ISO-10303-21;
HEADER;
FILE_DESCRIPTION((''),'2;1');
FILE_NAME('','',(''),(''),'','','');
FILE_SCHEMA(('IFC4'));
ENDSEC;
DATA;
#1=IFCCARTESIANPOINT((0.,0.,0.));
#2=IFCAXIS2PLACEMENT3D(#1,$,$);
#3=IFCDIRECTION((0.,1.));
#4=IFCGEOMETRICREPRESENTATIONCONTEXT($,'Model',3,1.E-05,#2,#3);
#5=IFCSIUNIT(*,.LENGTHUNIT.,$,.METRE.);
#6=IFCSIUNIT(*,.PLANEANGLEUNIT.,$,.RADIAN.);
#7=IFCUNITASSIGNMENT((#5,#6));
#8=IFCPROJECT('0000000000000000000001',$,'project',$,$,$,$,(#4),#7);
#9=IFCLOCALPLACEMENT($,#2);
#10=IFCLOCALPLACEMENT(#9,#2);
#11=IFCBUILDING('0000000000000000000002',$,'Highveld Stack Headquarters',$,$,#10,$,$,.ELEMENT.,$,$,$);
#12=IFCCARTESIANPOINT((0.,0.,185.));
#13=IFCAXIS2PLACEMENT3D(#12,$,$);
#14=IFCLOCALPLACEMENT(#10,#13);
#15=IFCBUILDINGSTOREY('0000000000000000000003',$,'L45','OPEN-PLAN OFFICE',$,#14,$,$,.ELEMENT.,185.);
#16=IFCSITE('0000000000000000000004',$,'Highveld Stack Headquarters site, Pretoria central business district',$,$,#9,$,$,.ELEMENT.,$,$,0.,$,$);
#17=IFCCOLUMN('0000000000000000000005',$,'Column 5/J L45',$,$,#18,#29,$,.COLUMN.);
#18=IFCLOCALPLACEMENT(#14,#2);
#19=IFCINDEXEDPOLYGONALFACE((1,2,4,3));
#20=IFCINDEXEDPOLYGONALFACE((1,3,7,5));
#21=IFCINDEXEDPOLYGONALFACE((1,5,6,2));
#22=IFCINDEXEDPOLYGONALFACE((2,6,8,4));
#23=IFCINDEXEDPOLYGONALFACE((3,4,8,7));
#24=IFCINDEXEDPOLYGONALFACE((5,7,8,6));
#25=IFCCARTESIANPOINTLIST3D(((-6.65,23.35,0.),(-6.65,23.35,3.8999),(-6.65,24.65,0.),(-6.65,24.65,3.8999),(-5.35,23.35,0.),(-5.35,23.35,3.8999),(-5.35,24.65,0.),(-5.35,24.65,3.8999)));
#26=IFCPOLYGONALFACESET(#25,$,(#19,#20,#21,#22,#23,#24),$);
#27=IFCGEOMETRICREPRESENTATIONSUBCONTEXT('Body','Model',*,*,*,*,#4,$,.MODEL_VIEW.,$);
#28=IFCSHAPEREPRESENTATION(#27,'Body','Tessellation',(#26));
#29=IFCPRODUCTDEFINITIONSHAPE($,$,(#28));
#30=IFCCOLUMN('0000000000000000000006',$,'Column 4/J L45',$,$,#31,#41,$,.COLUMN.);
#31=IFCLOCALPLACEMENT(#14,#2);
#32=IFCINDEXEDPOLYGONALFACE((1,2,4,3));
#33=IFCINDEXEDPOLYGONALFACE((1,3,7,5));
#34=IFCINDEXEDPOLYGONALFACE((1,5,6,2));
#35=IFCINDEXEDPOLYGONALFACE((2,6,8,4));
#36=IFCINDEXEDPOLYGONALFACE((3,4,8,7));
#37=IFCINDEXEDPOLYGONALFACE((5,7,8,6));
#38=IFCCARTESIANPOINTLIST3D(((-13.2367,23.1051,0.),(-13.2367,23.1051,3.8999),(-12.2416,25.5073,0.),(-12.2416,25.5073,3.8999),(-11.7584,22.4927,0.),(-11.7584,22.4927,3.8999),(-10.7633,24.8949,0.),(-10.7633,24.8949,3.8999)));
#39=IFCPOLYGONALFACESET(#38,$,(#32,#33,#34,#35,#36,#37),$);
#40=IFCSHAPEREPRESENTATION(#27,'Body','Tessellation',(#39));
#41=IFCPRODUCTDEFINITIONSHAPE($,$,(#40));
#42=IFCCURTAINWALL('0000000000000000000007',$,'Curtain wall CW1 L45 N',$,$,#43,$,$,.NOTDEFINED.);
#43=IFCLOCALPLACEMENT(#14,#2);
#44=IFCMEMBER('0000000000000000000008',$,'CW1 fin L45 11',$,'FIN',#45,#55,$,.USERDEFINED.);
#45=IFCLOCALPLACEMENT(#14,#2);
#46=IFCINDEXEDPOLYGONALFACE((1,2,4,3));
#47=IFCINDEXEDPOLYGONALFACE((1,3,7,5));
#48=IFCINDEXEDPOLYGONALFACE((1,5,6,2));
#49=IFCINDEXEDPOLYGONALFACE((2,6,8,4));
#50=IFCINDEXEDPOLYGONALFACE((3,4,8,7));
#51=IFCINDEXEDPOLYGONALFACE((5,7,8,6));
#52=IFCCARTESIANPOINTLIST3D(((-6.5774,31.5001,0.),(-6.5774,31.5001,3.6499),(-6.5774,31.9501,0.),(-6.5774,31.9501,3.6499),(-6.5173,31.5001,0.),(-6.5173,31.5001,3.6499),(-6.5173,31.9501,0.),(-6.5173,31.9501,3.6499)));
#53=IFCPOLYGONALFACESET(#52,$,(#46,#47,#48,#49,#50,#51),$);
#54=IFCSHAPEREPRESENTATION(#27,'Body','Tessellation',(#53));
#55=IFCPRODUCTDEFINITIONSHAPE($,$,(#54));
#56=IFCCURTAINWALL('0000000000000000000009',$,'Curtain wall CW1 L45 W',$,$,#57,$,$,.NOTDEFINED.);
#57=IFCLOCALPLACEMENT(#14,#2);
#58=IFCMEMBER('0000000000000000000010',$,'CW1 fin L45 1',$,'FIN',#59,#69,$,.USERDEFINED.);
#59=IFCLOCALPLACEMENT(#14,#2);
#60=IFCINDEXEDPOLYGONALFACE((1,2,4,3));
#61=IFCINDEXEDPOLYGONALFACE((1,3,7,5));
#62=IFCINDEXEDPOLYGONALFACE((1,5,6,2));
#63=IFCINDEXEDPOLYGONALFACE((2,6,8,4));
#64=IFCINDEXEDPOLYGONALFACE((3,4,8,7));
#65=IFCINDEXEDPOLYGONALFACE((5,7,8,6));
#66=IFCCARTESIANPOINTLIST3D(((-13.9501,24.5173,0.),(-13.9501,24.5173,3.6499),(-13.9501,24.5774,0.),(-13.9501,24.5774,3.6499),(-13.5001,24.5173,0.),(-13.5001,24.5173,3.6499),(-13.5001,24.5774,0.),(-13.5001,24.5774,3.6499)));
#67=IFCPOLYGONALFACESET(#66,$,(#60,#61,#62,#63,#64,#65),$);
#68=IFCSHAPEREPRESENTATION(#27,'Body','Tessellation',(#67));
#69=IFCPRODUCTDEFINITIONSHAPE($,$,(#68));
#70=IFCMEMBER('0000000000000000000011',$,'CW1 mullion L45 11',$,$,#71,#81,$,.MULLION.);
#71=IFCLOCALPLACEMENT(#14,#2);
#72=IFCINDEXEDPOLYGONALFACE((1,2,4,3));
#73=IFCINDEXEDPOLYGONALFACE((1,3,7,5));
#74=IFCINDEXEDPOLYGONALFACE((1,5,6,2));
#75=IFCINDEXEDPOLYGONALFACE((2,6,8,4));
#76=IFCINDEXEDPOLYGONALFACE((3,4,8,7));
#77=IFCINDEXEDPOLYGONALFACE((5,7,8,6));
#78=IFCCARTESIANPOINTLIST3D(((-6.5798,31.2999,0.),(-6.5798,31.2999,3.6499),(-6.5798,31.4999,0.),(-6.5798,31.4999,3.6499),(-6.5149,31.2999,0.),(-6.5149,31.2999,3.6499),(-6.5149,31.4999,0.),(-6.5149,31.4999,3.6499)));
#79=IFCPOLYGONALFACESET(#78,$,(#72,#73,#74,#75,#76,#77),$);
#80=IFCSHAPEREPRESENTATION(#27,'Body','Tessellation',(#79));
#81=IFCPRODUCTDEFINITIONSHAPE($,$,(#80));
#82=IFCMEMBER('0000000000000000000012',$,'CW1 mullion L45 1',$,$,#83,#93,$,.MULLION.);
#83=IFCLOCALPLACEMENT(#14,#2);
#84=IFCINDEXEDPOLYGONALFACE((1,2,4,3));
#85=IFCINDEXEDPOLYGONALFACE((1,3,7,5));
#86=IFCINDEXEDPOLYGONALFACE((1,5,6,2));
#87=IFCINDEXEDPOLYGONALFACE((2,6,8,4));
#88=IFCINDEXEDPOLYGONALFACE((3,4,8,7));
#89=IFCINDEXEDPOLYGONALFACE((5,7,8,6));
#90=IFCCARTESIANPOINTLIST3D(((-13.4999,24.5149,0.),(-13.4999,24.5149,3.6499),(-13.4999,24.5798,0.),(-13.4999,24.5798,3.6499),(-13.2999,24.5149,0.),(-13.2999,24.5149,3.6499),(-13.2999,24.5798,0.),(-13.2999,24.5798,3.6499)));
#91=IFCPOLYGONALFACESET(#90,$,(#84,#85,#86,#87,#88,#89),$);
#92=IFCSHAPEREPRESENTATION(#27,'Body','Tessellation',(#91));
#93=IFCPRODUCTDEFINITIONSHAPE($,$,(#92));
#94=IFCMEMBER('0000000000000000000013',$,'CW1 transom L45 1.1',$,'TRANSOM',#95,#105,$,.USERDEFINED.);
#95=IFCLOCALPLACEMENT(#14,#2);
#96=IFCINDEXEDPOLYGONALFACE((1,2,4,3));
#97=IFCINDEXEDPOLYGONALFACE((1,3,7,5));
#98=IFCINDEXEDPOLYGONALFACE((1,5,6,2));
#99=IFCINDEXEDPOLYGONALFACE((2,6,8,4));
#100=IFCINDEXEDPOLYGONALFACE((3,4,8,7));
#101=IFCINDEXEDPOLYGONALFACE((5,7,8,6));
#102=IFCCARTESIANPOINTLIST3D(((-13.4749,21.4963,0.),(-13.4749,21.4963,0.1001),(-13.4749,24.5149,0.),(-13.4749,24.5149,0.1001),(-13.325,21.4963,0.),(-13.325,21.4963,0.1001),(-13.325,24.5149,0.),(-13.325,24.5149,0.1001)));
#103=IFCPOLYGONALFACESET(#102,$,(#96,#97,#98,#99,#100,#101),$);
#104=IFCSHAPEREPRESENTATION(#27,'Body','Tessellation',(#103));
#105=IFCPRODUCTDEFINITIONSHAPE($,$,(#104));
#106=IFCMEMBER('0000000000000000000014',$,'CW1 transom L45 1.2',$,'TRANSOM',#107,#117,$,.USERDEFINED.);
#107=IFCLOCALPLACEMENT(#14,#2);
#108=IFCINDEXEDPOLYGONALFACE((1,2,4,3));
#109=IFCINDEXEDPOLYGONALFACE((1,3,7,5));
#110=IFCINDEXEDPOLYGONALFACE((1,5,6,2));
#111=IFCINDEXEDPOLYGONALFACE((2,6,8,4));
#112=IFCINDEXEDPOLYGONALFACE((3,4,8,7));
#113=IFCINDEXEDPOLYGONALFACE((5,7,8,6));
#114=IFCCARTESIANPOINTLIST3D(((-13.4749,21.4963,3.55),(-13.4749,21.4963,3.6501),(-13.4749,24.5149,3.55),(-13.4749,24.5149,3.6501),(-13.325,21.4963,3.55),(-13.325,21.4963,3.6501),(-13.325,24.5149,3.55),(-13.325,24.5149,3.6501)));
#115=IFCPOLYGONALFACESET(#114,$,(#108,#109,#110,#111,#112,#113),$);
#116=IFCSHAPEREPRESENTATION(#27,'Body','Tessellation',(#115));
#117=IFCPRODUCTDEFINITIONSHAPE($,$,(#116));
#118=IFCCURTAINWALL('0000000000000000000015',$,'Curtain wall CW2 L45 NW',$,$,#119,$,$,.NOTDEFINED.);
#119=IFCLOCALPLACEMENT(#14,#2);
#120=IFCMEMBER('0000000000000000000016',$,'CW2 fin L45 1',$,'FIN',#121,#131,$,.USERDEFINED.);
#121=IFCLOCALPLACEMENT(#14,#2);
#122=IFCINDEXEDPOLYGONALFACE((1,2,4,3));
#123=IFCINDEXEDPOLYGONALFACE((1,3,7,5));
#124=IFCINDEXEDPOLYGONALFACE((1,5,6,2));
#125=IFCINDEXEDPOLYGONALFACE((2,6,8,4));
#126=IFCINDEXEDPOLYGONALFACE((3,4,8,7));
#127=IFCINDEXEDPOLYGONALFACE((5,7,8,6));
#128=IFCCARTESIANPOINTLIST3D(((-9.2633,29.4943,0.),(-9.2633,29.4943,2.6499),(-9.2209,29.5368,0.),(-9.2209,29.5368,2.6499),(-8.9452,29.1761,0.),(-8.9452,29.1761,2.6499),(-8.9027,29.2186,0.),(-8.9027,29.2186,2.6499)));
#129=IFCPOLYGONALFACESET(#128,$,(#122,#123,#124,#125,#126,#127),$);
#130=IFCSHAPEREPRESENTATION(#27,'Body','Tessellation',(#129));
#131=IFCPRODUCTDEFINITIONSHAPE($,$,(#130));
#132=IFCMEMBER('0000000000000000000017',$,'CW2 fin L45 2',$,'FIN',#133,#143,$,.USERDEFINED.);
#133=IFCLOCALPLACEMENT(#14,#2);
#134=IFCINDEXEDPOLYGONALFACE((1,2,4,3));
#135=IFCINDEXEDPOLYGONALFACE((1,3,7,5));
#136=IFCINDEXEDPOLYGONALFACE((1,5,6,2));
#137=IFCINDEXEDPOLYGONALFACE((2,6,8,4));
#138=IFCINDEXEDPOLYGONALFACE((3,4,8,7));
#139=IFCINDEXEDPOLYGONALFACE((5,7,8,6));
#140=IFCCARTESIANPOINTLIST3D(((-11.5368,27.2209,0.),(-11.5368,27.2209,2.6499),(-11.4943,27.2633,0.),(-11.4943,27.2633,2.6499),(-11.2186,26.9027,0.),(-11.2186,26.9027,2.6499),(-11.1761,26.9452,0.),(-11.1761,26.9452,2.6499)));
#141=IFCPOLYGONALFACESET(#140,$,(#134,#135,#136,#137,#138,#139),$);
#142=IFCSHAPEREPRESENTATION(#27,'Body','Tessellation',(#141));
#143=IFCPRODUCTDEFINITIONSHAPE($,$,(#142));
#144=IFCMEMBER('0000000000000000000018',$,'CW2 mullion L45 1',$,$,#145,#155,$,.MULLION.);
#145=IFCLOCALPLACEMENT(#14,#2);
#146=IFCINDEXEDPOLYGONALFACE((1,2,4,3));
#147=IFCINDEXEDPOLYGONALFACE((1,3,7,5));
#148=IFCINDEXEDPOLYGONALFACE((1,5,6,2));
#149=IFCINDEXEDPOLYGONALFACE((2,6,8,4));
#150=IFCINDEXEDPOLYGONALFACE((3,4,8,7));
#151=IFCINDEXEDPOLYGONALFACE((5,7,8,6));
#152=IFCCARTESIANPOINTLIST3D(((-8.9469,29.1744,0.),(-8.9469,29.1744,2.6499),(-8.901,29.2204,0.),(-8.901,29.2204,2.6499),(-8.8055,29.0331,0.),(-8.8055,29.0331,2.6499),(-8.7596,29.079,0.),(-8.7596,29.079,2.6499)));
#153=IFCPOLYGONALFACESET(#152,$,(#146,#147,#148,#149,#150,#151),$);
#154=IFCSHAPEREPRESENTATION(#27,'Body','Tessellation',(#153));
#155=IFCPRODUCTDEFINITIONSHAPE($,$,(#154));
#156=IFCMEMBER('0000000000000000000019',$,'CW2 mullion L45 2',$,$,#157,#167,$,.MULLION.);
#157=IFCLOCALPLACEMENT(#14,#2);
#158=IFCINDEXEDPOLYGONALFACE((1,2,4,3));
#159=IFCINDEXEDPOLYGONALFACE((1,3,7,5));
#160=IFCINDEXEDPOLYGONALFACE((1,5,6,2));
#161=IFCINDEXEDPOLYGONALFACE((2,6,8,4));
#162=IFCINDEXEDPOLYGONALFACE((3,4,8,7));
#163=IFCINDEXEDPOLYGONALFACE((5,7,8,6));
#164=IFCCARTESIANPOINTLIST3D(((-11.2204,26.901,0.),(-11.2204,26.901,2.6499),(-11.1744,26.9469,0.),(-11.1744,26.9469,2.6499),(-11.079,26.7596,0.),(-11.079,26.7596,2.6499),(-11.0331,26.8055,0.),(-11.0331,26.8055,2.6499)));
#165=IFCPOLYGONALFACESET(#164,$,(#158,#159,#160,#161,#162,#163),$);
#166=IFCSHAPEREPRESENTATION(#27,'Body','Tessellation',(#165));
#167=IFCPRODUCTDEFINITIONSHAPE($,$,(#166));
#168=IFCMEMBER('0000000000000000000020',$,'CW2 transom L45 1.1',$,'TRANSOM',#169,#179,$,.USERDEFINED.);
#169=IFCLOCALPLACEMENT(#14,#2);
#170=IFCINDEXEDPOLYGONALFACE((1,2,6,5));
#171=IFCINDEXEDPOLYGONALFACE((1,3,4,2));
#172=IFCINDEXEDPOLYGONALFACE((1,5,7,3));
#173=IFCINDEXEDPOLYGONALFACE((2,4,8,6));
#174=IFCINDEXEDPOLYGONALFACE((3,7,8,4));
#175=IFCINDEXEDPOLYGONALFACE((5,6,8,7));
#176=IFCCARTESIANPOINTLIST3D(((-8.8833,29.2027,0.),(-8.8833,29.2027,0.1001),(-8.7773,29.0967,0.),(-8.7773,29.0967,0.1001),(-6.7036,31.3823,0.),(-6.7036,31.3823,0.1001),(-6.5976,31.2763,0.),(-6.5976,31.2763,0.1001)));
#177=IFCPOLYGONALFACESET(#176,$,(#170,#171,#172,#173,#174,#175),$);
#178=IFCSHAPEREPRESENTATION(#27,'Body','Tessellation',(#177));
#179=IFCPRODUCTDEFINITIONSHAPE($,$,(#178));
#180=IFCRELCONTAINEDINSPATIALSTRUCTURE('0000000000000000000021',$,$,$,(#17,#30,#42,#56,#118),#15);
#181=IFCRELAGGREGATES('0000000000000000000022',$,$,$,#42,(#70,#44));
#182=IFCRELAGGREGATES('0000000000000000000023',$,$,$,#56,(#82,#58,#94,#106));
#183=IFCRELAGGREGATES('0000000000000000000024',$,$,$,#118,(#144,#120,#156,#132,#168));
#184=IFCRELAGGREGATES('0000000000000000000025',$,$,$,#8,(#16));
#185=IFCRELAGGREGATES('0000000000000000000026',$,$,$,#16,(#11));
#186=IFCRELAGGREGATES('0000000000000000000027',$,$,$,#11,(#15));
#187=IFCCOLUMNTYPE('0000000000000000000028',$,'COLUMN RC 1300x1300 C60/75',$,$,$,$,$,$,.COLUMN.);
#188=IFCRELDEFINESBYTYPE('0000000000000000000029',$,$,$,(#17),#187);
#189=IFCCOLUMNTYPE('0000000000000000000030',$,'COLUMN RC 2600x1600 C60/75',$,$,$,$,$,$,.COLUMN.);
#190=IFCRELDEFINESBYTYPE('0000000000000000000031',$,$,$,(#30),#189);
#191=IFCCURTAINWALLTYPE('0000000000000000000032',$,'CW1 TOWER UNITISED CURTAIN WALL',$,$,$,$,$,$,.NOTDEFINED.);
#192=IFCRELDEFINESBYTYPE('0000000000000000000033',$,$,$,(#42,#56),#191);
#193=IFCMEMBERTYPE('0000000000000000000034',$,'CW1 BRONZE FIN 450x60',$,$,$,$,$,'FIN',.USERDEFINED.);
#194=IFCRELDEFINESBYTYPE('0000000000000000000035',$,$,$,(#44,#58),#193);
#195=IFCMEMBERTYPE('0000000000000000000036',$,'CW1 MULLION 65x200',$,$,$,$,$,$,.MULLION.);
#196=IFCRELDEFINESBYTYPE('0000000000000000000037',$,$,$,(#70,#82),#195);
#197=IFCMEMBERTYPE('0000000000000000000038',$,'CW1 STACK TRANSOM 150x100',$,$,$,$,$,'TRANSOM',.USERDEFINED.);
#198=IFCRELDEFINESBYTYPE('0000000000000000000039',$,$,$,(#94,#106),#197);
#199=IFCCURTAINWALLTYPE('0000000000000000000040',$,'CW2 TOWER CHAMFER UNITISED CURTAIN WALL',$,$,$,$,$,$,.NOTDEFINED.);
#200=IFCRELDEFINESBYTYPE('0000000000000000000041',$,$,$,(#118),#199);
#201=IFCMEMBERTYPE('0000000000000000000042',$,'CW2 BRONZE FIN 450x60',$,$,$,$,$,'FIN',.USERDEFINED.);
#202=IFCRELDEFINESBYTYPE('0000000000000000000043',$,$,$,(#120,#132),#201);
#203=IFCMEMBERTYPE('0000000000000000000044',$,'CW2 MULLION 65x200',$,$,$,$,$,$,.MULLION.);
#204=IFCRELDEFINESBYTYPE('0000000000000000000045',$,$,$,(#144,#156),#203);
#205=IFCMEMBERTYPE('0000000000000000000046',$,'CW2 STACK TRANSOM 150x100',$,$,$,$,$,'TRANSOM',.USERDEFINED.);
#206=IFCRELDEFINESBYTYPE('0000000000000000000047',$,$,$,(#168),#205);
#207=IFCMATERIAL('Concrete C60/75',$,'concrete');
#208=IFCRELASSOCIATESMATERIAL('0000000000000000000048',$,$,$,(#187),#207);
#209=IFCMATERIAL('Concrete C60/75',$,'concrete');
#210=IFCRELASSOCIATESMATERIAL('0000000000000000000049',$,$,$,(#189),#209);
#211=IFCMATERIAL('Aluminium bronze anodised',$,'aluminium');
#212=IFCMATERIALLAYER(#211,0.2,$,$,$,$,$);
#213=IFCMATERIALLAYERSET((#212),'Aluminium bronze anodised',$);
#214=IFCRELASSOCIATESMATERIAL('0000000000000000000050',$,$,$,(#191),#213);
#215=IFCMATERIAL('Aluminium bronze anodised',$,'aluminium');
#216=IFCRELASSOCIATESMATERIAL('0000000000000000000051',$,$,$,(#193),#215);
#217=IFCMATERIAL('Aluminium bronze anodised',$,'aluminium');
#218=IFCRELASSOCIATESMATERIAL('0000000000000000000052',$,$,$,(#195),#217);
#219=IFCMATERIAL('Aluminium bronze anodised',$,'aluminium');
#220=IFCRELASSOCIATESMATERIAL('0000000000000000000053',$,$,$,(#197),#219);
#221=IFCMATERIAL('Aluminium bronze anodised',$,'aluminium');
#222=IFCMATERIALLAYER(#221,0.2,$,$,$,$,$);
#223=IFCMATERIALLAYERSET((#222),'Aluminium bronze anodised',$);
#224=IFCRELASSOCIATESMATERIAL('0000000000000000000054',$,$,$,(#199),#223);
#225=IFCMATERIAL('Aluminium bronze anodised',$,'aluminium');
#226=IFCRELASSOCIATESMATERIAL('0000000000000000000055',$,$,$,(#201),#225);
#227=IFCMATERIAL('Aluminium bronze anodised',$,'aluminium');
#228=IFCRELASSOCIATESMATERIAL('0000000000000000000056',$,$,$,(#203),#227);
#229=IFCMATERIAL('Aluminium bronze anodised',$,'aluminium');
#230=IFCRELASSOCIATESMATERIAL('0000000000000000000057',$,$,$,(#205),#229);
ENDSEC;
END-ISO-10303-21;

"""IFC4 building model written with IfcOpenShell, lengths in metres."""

from ifc_helpers import new_model, si_unit, direction, frame, origin, origin_2d, place, context, subcontext, project, spatial, rectangle, extrude, material, layer, layer_set, material_profile, profile_set, type_object, element, aggregate, save


model = new_model("IFC4")

# Units and contexts
model_context = context("Model", 3, precision=1e-05, world=origin(), true_north=direction((0.0, 1.0)))
body_context = subcontext(model_context, "Body", "Model", "MODEL_VIEW")
ifc_project = project(units=[si_unit("LENGTHUNIT", "METRE"), si_unit("PLANEANGLEUNIT", "RADIAN")], contexts=[model_context])

# Site, building, storey
site_placement = place(None, origin())
site = spatial("IfcSite", under=ifc_project, at=site_placement, Name="Highveld Stack Headquarters site, Pretoria central business district", CompositionType="ELEMENT", RefElevation=0.0)
building_placement = place(site_placement, origin())
building = spatial("IfcBuilding", under=site, at=building_placement, Name="Highveld Stack Headquarters", CompositionType="ELEMENT")
storey_placement = place(building_placement, frame((0.0, 0.0, 185.0)))
storey = spatial("IfcBuildingStorey", under=building, at=storey_placement, Name="L45", Description="OPEN-PLAN OFFICE", CompositionType="ELEMENT", Elevation=185.0)

# Columns
ifc_material_1 = material(Name="Concrete C60/75", Category="concrete")
ifc_material_profile_1 = material_profile(ifc_material_1, rectangle(XDim=1.3, YDim=1.3, at=origin_2d()), Name="RC 1300x1300")
ifc_profile_set_1 = profile_set([ifc_material_profile_1], Name="Concrete C60/75")
column_type_1 = type_object("IfcColumnType", Name="COLUMN RC 1300x1300 C60/75", PredefinedType="COLUMN", material=ifc_profile_set_1)
column_1_placement = place(storey_placement, frame((-6.0, 24.0, 0.0), z_axis=(0.0, 0.0, 1.0), x_axis=(1.0, 0.0, 0.0)))
element("IfcColumn", 1, at=column_1_placement, inside=storey, type_object=column_type_1, Name="Column 5/J L45", PredefinedType="COLUMN", context=body_context, shape_type="SweptSolid", body=[
    extrude(rectangle(XDim=1.3, YDim=1.3, at=origin_2d()), origin(), (0.0, 0.0, 1.0), 3.8999),
])
ifc_material_2 = material(Name="Concrete C60/75", Category="concrete")
ifc_material_profile_2 = material_profile(ifc_material_2, rectangle(XDim=2.6001, YDim=1.6001, at=origin_2d()), Name="RC 2600x1600")
ifc_profile_set_2 = profile_set([ifc_material_profile_2], Name="Concrete C60/75")
column_type_2 = type_object("IfcColumnType", Name="COLUMN RC 2600x1600 C60/75", PredefinedType="COLUMN", material=ifc_profile_set_2)
column_2_placement = place(storey_placement, frame((-12.0, 24.0, 0.0), z_axis=(0.0, 0.0, 1.0), x_axis=(0.382683, 0.92388, 0.0)))
element("IfcColumn", 2, at=column_2_placement, inside=storey, type_object=column_type_2, Name="Column 4/J L45", PredefinedType="COLUMN", context=body_context, shape_type="SweptSolid", body=[
    extrude(rectangle(XDim=2.6001, YDim=1.6001, at=origin_2d()), origin(), (0.0, 0.0, 1.0), 3.8999),
])

# Curtain walls, members
ifc_material_3 = material(Name="Aluminium bronze anodised", Category="aluminium")
ifc_layer_1 = layer(ifc_material_3, 0.2)
ifc_layer_set_1 = layer_set([ifc_layer_1], Name="Aluminium bronze anodised")
curtain_wall_type_1 = type_object("IfcCurtainWallType", Name="CW1 TOWER UNITISED CURTAIN WALL", PredefinedType="NOTDEFINED", material=ifc_layer_set_1)
curtain_wall_1_placement = place(storey_placement, origin())
curtain_wall_1 = element("IfcCurtainWall", 3, at=curtain_wall_1_placement, inside=storey, type_object=curtain_wall_type_1, Name="Curtain wall CW1 L45 N", PredefinedType="NOTDEFINED")
ifc_material_4 = material(Name="Aluminium bronze anodised", Category="aluminium")
ifc_material_profile_3 = material_profile(ifc_material_4, rectangle(XDim=0.45, YDim=0.0601, at=origin_2d()), Name="FIN 450x60")
ifc_profile_set_3 = profile_set([ifc_material_profile_3], Name="Aluminium bronze anodised")
member_type_1 = type_object("IfcMemberType", Name="CW1 BRONZE FIN 450x60", ElementType="FIN", PredefinedType="USERDEFINED", material=ifc_profile_set_3)
member_1_placement = place(storey_placement, frame((-6.5474, 31.7251, 0.0), z_axis=(0.0, 0.0, 1.0), x_axis=(0.0, -1.0, 0.0)))
member_1 = element("IfcMember", 4, at=member_1_placement, type_object=member_type_1, Name="CW1 fin L45 11", ObjectType="FIN", PredefinedType="USERDEFINED", context=body_context, shape_type="SweptSolid", body=[
    extrude(rectangle(XDim=0.45, YDim=0.0601, at=origin_2d()), origin(), (0.0, 0.0, 1.0), 3.6499),
])
curtain_wall_2_placement = place(storey_placement, origin())
curtain_wall_2 = element("IfcCurtainWall", 5, at=curtain_wall_2_placement, inside=storey, type_object=curtain_wall_type_1, Name="Curtain wall CW1 L45 W", PredefinedType="NOTDEFINED")
member_2_placement = place(storey_placement, frame((-13.7251, 24.5474, 0.0), z_axis=(0.0, 0.0, 1.0), x_axis=(1.0, 0.0, 0.0)))
member_2 = element("IfcMember", 6, at=member_2_placement, type_object=member_type_1, Name="CW1 fin L45 1", ObjectType="FIN", PredefinedType="USERDEFINED", context=body_context, shape_type="SweptSolid", body=[
    extrude(rectangle(XDim=0.45, YDim=0.0601, at=origin_2d()), origin(), (0.0, 0.0, 1.0), 3.6499),
])

# Members
ifc_material_5 = material(Name="Aluminium bronze anodised", Category="aluminium")
ifc_material_profile_4 = material_profile(ifc_material_5, rectangle(XDim=0.2, YDim=0.0649, at=origin_2d()), Name="CW1 MULLION 65x200")
ifc_profile_set_4 = profile_set([ifc_material_profile_4], Name="Aluminium bronze anodised")
member_type_2 = type_object("IfcMemberType", Name="CW1 MULLION 65x200", PredefinedType="MULLION", material=ifc_profile_set_4)
member_3_placement = place(storey_placement, frame((-6.5474, 31.3999, 0.0), z_axis=(0.0, 0.0, 1.0), x_axis=(0.0, -1.0, 0.0)))
member_3 = element("IfcMember", 7, at=member_3_placement, type_object=member_type_2, Name="CW1 mullion L45 11", PredefinedType="MULLION", context=body_context, shape_type="SweptSolid", body=[
    extrude(rectangle(XDim=0.2, YDim=0.0649, at=origin_2d()), origin(), (0.0, 0.0, 1.0), 3.6499),
])
aggregate(curtain_wall_1, [member_3, member_1])
member_4_placement = place(storey_placement, frame((-13.3999, 24.5474, 0.0), z_axis=(0.0, 0.0, 1.0), x_axis=(1.0, 0.0, 0.0)))
member_4 = element("IfcMember", 8, at=member_4_placement, type_object=member_type_2, Name="CW1 mullion L45 1", PredefinedType="MULLION", context=body_context, shape_type="SweptSolid", body=[
    extrude(rectangle(XDim=0.2, YDim=0.0649, at=origin_2d()), origin(), (0.0, 0.0, 1.0), 3.6499),
])
ifc_material_6 = material(Name="Aluminium bronze anodised", Category="aluminium")
ifc_material_profile_5 = material_profile(ifc_material_6, rectangle(XDim=0.1499, YDim=0.1001, at=origin_2d()), Name="CW1 TRANSOM 150x100")
ifc_profile_set_5 = profile_set([ifc_material_profile_5], Name="Aluminium bronze anodised")
member_type_3 = type_object("IfcMemberType", Name="CW1 STACK TRANSOM 150x100", ElementType="TRANSOM", PredefinedType="USERDEFINED", material=ifc_profile_set_5)
member_5_placement = place(storey_placement, frame((-13.3999, 24.5149, 0.05), z_axis=(0.0, -1.0, 0.0), x_axis=(1.0, 0.0, 0.0)))
member_5 = element("IfcMember", 9, at=member_5_placement, type_object=member_type_3, Name="CW1 transom L45 1.1", ObjectType="TRANSOM", PredefinedType="USERDEFINED", context=body_context, shape_type="SweptSolid", body=[
    extrude(rectangle(XDim=0.1499, YDim=0.1001, at=origin_2d()), origin(), (0.0, 0.0, 1.0), 3.0186),
])
member_6_placement = place(storey_placement, frame((-13.3999, 24.5149, 3.6001), z_axis=(0.0, -1.0, 0.0), x_axis=(1.0, 0.0, 0.0)))
member_6 = element("IfcMember", 10, at=member_6_placement, type_object=member_type_3, Name="CW1 transom L45 1.2", ObjectType="TRANSOM", PredefinedType="USERDEFINED", context=body_context, shape_type="SweptSolid", body=[
    extrude(rectangle(XDim=0.1499, YDim=0.1001, at=origin_2d()), origin(), (0.0, 0.0, 1.0), 3.0186),
])

# Curtain wall, members
ifc_material_7 = material(Name="Aluminium bronze anodised", Category="aluminium")
ifc_layer_2 = layer(ifc_material_7, 0.2)
ifc_layer_set_2 = layer_set([ifc_layer_2], Name="Aluminium bronze anodised")
curtain_wall_type_2 = type_object("IfcCurtainWallType", Name="CW2 TOWER CHAMFER UNITISED CURTAIN WALL", PredefinedType="NOTDEFINED", material=ifc_layer_set_2)
curtain_wall_3_placement = place(storey_placement, origin())
curtain_wall_3 = element("IfcCurtainWall", 11, at=curtain_wall_3_placement, inside=storey, type_object=curtain_wall_type_2, Name="Curtain wall CW2 L45 NW", PredefinedType="NOTDEFINED")
ifc_material_8 = material(Name="Aluminium bronze anodised", Category="aluminium")
ifc_material_profile_6 = material_profile(ifc_material_8, rectangle(XDim=0.45, YDim=0.0601, at=origin_2d()), Name="FIN 450x60")
ifc_profile_set_6 = profile_set([ifc_material_profile_6], Name="Aluminium bronze anodised")
member_type_4 = type_object("IfcMemberType", Name="CW2 BRONZE FIN 450x60", ElementType="FIN", PredefinedType="USERDEFINED", material=ifc_profile_set_6)
member_7_placement = place(storey_placement, frame((-9.083, 29.3564, 0.0), z_axis=(0.0, 0.0, 1.0), x_axis=(0.707107, -0.707107, 0.0)))
member_7 = element("IfcMember", 12, at=member_7_placement, type_object=member_type_4, Name="CW2 fin L45 1", ObjectType="FIN", PredefinedType="USERDEFINED", context=body_context, shape_type="SweptSolid", body=[
    extrude(rectangle(XDim=0.45, YDim=0.0601, at=origin_2d()), origin(), (0.0, 0.0, 1.0), 2.6499),
])
member_8_placement = place(storey_placement, frame((-11.3564, 27.083, 0.0), z_axis=(0.0, 0.0, 1.0), x_axis=(0.707107, -0.707107, 0.0)))
member_8 = element("IfcMember", 13, at=member_8_placement, type_object=member_type_4, Name="CW2 fin L45 2", ObjectType="FIN", PredefinedType="USERDEFINED", context=body_context, shape_type="SweptSolid", body=[
    extrude(rectangle(XDim=0.45, YDim=0.0601, at=origin_2d()), origin(), (0.0, 0.0, 1.0), 2.6499),
])
ifc_material_9 = material(Name="Aluminium bronze anodised", Category="aluminium")
ifc_material_profile_7 = material_profile(ifc_material_9, rectangle(XDim=0.2, YDim=0.0649, at=origin_2d()), Name="CW2 MULLION 65x200")
ifc_profile_set_7 = profile_set([ifc_material_profile_7], Name="Aluminium bronze anodised")
member_type_5 = type_object("IfcMemberType", Name="CW2 MULLION 65x200", PredefinedType="MULLION", material=ifc_profile_set_7)
member_9_placement = place(storey_placement, frame((-8.8533, 29.1267, 0.0), z_axis=(0.0, 0.0, 1.0), x_axis=(0.707107, -0.707107, 0.0)))
member_9 = element("IfcMember", 14, at=member_9_placement, type_object=member_type_5, Name="CW2 mullion L45 1", PredefinedType="MULLION", context=body_context, shape_type="SweptSolid", body=[
    extrude(rectangle(XDim=0.2, YDim=0.0649, at=origin_2d()), origin(), (0.0, 0.0, 1.0), 2.6499),
])
member_10_placement = place(storey_placement, frame((-11.1267, 26.8533, 0.0), z_axis=(0.0, 0.0, 1.0), x_axis=(0.707107, -0.707107, 0.0)))
member_10 = element("IfcMember", 15, at=member_10_placement, type_object=member_type_5, Name="CW2 mullion L45 2", PredefinedType="MULLION", context=body_context, shape_type="SweptSolid", body=[
    extrude(rectangle(XDim=0.2, YDim=0.0649, at=origin_2d()), origin(), (0.0, 0.0, 1.0), 2.6499),
])
ifc_material_10 = material(Name="Aluminium bronze anodised", Category="aluminium")
ifc_material_profile_8 = material_profile(ifc_material_10, rectangle(XDim=0.1499, YDim=0.1001, at=origin_2d()), Name="CW2 TRANSOM 150x100")
ifc_profile_set_8 = profile_set([ifc_material_profile_8], Name="Aluminium bronze anodised")
member_type_6 = type_object("IfcMemberType", Name="CW2 STACK TRANSOM 150x100", ElementType="TRANSOM", PredefinedType="USERDEFINED", material=ifc_profile_set_8)
member_11_placement = place(storey_placement, frame((-6.6506, 31.3293, 0.05), z_axis=(-0.707107, -0.707107, 0.0), x_axis=(0.707107, -0.707107, 0.0)))
member_11 = element("IfcMember", 16, at=member_11_placement, type_object=member_type_6, Name="CW2 transom L45 1.1", ObjectType="TRANSOM", PredefinedType="USERDEFINED", context=body_context, shape_type="SweptSolid", body=[
    extrude(rectangle(XDim=0.1499, YDim=0.1001, at=origin_2d()), origin(), (0.0, 0.0, 1.0), 3.0825),
])

aggregate(curtain_wall_2, [member_4, member_2, member_5, member_6])
aggregate(curtain_wall_3, [member_9, member_7, member_10, member_8, member_11])

save(model, "model.ifc")
